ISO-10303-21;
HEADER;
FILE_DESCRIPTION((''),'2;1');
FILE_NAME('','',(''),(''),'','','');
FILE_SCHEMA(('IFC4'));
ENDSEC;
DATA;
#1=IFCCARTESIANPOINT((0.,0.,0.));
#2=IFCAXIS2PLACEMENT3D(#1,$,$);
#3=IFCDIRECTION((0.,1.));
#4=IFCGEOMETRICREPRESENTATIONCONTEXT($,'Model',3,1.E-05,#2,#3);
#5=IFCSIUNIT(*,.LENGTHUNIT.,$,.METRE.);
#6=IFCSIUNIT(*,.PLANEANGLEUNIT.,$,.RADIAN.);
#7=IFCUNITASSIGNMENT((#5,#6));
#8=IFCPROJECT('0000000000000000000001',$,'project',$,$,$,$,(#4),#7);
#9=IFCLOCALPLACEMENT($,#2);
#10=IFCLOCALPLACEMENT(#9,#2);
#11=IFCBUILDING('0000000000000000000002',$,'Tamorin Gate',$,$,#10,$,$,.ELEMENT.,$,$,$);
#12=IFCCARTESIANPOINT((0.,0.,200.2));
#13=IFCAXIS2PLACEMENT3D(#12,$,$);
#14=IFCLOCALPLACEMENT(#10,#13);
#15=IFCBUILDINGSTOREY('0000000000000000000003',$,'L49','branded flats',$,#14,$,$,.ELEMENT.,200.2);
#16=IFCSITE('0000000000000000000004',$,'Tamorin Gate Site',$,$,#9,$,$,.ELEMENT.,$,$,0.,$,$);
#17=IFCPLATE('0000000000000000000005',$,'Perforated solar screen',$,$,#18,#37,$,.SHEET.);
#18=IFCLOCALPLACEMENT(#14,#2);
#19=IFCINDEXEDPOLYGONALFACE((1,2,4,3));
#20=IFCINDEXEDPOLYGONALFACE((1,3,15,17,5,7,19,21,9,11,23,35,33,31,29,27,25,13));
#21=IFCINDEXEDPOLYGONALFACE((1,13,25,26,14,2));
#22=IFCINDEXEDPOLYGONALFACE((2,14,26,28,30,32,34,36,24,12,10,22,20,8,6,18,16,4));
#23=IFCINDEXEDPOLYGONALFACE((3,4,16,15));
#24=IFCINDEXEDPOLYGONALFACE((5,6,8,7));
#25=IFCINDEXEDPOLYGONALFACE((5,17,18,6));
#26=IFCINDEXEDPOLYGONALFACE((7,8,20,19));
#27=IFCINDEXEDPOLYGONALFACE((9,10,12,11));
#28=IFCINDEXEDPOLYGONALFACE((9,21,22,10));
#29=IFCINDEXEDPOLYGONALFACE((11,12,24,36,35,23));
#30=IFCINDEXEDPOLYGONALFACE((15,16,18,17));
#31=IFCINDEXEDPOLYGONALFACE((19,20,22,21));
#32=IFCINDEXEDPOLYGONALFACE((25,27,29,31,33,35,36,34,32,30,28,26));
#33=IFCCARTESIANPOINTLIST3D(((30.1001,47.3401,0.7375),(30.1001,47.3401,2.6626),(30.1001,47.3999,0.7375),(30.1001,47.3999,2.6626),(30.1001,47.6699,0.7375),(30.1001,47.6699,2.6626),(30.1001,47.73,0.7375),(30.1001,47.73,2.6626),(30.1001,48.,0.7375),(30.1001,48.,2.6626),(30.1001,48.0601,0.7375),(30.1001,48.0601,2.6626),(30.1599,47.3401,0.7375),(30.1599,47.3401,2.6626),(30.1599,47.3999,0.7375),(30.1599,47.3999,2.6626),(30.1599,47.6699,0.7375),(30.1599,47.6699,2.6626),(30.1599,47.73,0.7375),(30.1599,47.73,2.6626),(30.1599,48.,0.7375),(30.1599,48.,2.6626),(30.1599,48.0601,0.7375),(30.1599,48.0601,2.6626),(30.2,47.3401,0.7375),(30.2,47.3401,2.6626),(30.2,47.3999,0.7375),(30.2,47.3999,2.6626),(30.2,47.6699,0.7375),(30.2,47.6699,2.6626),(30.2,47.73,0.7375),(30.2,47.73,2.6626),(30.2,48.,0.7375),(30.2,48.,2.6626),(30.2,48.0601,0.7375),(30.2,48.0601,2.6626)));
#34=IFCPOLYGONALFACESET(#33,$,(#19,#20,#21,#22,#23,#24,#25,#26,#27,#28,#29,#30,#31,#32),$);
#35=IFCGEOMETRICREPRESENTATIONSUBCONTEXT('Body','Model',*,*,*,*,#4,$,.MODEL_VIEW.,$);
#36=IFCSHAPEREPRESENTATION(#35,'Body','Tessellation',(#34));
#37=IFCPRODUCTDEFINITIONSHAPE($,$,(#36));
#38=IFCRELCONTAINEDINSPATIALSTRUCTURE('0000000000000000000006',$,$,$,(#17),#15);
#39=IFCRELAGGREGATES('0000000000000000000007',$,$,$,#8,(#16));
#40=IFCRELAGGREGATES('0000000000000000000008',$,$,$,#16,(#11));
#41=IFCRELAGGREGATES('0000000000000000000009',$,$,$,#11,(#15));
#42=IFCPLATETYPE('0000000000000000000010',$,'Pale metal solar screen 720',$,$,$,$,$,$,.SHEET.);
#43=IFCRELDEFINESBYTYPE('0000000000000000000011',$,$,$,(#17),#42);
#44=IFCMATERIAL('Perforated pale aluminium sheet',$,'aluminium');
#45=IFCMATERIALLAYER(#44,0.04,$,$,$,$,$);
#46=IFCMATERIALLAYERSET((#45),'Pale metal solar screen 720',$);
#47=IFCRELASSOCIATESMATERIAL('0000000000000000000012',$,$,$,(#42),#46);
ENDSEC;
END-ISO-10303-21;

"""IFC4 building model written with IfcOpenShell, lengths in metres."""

from ifc_helpers import new_model, si_unit, direction, frame, origin, place, context, subcontext, project, spatial, polyline, outline, extrude, material, layer, layer_set, type_object, element, save


model = new_model("IFC4")

# Units and contexts
model_context = context("Model", 3, precision=1e-05, world=origin(), true_north=direction((0.0, 1.0)))
body_context = subcontext(model_context, "Body", "Model", "MODEL_VIEW")
ifc_project = project(units=[si_unit("LENGTHUNIT", "METRE"), si_unit("PLANEANGLEUNIT", "RADIAN")], contexts=[model_context])

# Site, building, storey
site_placement = place(None, origin())
site = spatial("IfcSite", under=ifc_project, at=site_placement, Name="Tamorin Gate Site", CompositionType="ELEMENT", RefElevation=0.0)
building_placement = place(site_placement, origin())
building = spatial("IfcBuilding", under=site, at=building_placement, Name="Tamorin Gate", CompositionType="ELEMENT")
storey_placement = place(building_placement, frame((0.0, 0.0, 200.2)))
storey = spatial("IfcBuildingStorey", under=building, at=storey_placement, Name="L49", Description="branded flats", CompositionType="ELEMENT", Elevation=200.2)

# Plate
ifc_material_1 = material(Name="Perforated pale aluminium sheet", Category="aluminium")
ifc_layer_1 = layer(ifc_material_1, 0.04)
ifc_layer_set_1 = layer_set([ifc_layer_1], Name="Pale metal solar screen 720")
plate_type_1 = type_object("IfcPlateType", Name="Pale metal solar screen 720", PredefinedType="SHEET", material=ifc_layer_set_1)
plate_1_placement = place(storey_placement, frame((0.0, 0.0, 0.7375)))
element("IfcPlate", 1, at=plate_1_placement, inside=storey, type_object=plate_type_1, Name="Perforated solar screen", PredefinedType="SHEET", context=body_context, shape_type="SweptSolid", body=[
    extrude(outline(polyline([(30.1599, 48.0601), (30.2, 48.0601), (30.2, 48.0), (30.2, 47.73), (30.2, 47.6699), (30.2, 47.3999), (30.2, 47.3401), (30.1599, 47.3401), (30.1001, 47.3401), (30.1001, 47.3999), (30.1599, 47.3999), (30.1599, 47.6699), (30.1001, 47.6699), (30.1001, 47.73), (30.1599, 47.73), (30.1599, 48.0), (30.1001, 48.0), (30.1001, 48.0601), (30.1599, 48.0601)])), origin(), (0.0, 0.0, 1.0), 1.925),
])

save(model, "model.ifc")
